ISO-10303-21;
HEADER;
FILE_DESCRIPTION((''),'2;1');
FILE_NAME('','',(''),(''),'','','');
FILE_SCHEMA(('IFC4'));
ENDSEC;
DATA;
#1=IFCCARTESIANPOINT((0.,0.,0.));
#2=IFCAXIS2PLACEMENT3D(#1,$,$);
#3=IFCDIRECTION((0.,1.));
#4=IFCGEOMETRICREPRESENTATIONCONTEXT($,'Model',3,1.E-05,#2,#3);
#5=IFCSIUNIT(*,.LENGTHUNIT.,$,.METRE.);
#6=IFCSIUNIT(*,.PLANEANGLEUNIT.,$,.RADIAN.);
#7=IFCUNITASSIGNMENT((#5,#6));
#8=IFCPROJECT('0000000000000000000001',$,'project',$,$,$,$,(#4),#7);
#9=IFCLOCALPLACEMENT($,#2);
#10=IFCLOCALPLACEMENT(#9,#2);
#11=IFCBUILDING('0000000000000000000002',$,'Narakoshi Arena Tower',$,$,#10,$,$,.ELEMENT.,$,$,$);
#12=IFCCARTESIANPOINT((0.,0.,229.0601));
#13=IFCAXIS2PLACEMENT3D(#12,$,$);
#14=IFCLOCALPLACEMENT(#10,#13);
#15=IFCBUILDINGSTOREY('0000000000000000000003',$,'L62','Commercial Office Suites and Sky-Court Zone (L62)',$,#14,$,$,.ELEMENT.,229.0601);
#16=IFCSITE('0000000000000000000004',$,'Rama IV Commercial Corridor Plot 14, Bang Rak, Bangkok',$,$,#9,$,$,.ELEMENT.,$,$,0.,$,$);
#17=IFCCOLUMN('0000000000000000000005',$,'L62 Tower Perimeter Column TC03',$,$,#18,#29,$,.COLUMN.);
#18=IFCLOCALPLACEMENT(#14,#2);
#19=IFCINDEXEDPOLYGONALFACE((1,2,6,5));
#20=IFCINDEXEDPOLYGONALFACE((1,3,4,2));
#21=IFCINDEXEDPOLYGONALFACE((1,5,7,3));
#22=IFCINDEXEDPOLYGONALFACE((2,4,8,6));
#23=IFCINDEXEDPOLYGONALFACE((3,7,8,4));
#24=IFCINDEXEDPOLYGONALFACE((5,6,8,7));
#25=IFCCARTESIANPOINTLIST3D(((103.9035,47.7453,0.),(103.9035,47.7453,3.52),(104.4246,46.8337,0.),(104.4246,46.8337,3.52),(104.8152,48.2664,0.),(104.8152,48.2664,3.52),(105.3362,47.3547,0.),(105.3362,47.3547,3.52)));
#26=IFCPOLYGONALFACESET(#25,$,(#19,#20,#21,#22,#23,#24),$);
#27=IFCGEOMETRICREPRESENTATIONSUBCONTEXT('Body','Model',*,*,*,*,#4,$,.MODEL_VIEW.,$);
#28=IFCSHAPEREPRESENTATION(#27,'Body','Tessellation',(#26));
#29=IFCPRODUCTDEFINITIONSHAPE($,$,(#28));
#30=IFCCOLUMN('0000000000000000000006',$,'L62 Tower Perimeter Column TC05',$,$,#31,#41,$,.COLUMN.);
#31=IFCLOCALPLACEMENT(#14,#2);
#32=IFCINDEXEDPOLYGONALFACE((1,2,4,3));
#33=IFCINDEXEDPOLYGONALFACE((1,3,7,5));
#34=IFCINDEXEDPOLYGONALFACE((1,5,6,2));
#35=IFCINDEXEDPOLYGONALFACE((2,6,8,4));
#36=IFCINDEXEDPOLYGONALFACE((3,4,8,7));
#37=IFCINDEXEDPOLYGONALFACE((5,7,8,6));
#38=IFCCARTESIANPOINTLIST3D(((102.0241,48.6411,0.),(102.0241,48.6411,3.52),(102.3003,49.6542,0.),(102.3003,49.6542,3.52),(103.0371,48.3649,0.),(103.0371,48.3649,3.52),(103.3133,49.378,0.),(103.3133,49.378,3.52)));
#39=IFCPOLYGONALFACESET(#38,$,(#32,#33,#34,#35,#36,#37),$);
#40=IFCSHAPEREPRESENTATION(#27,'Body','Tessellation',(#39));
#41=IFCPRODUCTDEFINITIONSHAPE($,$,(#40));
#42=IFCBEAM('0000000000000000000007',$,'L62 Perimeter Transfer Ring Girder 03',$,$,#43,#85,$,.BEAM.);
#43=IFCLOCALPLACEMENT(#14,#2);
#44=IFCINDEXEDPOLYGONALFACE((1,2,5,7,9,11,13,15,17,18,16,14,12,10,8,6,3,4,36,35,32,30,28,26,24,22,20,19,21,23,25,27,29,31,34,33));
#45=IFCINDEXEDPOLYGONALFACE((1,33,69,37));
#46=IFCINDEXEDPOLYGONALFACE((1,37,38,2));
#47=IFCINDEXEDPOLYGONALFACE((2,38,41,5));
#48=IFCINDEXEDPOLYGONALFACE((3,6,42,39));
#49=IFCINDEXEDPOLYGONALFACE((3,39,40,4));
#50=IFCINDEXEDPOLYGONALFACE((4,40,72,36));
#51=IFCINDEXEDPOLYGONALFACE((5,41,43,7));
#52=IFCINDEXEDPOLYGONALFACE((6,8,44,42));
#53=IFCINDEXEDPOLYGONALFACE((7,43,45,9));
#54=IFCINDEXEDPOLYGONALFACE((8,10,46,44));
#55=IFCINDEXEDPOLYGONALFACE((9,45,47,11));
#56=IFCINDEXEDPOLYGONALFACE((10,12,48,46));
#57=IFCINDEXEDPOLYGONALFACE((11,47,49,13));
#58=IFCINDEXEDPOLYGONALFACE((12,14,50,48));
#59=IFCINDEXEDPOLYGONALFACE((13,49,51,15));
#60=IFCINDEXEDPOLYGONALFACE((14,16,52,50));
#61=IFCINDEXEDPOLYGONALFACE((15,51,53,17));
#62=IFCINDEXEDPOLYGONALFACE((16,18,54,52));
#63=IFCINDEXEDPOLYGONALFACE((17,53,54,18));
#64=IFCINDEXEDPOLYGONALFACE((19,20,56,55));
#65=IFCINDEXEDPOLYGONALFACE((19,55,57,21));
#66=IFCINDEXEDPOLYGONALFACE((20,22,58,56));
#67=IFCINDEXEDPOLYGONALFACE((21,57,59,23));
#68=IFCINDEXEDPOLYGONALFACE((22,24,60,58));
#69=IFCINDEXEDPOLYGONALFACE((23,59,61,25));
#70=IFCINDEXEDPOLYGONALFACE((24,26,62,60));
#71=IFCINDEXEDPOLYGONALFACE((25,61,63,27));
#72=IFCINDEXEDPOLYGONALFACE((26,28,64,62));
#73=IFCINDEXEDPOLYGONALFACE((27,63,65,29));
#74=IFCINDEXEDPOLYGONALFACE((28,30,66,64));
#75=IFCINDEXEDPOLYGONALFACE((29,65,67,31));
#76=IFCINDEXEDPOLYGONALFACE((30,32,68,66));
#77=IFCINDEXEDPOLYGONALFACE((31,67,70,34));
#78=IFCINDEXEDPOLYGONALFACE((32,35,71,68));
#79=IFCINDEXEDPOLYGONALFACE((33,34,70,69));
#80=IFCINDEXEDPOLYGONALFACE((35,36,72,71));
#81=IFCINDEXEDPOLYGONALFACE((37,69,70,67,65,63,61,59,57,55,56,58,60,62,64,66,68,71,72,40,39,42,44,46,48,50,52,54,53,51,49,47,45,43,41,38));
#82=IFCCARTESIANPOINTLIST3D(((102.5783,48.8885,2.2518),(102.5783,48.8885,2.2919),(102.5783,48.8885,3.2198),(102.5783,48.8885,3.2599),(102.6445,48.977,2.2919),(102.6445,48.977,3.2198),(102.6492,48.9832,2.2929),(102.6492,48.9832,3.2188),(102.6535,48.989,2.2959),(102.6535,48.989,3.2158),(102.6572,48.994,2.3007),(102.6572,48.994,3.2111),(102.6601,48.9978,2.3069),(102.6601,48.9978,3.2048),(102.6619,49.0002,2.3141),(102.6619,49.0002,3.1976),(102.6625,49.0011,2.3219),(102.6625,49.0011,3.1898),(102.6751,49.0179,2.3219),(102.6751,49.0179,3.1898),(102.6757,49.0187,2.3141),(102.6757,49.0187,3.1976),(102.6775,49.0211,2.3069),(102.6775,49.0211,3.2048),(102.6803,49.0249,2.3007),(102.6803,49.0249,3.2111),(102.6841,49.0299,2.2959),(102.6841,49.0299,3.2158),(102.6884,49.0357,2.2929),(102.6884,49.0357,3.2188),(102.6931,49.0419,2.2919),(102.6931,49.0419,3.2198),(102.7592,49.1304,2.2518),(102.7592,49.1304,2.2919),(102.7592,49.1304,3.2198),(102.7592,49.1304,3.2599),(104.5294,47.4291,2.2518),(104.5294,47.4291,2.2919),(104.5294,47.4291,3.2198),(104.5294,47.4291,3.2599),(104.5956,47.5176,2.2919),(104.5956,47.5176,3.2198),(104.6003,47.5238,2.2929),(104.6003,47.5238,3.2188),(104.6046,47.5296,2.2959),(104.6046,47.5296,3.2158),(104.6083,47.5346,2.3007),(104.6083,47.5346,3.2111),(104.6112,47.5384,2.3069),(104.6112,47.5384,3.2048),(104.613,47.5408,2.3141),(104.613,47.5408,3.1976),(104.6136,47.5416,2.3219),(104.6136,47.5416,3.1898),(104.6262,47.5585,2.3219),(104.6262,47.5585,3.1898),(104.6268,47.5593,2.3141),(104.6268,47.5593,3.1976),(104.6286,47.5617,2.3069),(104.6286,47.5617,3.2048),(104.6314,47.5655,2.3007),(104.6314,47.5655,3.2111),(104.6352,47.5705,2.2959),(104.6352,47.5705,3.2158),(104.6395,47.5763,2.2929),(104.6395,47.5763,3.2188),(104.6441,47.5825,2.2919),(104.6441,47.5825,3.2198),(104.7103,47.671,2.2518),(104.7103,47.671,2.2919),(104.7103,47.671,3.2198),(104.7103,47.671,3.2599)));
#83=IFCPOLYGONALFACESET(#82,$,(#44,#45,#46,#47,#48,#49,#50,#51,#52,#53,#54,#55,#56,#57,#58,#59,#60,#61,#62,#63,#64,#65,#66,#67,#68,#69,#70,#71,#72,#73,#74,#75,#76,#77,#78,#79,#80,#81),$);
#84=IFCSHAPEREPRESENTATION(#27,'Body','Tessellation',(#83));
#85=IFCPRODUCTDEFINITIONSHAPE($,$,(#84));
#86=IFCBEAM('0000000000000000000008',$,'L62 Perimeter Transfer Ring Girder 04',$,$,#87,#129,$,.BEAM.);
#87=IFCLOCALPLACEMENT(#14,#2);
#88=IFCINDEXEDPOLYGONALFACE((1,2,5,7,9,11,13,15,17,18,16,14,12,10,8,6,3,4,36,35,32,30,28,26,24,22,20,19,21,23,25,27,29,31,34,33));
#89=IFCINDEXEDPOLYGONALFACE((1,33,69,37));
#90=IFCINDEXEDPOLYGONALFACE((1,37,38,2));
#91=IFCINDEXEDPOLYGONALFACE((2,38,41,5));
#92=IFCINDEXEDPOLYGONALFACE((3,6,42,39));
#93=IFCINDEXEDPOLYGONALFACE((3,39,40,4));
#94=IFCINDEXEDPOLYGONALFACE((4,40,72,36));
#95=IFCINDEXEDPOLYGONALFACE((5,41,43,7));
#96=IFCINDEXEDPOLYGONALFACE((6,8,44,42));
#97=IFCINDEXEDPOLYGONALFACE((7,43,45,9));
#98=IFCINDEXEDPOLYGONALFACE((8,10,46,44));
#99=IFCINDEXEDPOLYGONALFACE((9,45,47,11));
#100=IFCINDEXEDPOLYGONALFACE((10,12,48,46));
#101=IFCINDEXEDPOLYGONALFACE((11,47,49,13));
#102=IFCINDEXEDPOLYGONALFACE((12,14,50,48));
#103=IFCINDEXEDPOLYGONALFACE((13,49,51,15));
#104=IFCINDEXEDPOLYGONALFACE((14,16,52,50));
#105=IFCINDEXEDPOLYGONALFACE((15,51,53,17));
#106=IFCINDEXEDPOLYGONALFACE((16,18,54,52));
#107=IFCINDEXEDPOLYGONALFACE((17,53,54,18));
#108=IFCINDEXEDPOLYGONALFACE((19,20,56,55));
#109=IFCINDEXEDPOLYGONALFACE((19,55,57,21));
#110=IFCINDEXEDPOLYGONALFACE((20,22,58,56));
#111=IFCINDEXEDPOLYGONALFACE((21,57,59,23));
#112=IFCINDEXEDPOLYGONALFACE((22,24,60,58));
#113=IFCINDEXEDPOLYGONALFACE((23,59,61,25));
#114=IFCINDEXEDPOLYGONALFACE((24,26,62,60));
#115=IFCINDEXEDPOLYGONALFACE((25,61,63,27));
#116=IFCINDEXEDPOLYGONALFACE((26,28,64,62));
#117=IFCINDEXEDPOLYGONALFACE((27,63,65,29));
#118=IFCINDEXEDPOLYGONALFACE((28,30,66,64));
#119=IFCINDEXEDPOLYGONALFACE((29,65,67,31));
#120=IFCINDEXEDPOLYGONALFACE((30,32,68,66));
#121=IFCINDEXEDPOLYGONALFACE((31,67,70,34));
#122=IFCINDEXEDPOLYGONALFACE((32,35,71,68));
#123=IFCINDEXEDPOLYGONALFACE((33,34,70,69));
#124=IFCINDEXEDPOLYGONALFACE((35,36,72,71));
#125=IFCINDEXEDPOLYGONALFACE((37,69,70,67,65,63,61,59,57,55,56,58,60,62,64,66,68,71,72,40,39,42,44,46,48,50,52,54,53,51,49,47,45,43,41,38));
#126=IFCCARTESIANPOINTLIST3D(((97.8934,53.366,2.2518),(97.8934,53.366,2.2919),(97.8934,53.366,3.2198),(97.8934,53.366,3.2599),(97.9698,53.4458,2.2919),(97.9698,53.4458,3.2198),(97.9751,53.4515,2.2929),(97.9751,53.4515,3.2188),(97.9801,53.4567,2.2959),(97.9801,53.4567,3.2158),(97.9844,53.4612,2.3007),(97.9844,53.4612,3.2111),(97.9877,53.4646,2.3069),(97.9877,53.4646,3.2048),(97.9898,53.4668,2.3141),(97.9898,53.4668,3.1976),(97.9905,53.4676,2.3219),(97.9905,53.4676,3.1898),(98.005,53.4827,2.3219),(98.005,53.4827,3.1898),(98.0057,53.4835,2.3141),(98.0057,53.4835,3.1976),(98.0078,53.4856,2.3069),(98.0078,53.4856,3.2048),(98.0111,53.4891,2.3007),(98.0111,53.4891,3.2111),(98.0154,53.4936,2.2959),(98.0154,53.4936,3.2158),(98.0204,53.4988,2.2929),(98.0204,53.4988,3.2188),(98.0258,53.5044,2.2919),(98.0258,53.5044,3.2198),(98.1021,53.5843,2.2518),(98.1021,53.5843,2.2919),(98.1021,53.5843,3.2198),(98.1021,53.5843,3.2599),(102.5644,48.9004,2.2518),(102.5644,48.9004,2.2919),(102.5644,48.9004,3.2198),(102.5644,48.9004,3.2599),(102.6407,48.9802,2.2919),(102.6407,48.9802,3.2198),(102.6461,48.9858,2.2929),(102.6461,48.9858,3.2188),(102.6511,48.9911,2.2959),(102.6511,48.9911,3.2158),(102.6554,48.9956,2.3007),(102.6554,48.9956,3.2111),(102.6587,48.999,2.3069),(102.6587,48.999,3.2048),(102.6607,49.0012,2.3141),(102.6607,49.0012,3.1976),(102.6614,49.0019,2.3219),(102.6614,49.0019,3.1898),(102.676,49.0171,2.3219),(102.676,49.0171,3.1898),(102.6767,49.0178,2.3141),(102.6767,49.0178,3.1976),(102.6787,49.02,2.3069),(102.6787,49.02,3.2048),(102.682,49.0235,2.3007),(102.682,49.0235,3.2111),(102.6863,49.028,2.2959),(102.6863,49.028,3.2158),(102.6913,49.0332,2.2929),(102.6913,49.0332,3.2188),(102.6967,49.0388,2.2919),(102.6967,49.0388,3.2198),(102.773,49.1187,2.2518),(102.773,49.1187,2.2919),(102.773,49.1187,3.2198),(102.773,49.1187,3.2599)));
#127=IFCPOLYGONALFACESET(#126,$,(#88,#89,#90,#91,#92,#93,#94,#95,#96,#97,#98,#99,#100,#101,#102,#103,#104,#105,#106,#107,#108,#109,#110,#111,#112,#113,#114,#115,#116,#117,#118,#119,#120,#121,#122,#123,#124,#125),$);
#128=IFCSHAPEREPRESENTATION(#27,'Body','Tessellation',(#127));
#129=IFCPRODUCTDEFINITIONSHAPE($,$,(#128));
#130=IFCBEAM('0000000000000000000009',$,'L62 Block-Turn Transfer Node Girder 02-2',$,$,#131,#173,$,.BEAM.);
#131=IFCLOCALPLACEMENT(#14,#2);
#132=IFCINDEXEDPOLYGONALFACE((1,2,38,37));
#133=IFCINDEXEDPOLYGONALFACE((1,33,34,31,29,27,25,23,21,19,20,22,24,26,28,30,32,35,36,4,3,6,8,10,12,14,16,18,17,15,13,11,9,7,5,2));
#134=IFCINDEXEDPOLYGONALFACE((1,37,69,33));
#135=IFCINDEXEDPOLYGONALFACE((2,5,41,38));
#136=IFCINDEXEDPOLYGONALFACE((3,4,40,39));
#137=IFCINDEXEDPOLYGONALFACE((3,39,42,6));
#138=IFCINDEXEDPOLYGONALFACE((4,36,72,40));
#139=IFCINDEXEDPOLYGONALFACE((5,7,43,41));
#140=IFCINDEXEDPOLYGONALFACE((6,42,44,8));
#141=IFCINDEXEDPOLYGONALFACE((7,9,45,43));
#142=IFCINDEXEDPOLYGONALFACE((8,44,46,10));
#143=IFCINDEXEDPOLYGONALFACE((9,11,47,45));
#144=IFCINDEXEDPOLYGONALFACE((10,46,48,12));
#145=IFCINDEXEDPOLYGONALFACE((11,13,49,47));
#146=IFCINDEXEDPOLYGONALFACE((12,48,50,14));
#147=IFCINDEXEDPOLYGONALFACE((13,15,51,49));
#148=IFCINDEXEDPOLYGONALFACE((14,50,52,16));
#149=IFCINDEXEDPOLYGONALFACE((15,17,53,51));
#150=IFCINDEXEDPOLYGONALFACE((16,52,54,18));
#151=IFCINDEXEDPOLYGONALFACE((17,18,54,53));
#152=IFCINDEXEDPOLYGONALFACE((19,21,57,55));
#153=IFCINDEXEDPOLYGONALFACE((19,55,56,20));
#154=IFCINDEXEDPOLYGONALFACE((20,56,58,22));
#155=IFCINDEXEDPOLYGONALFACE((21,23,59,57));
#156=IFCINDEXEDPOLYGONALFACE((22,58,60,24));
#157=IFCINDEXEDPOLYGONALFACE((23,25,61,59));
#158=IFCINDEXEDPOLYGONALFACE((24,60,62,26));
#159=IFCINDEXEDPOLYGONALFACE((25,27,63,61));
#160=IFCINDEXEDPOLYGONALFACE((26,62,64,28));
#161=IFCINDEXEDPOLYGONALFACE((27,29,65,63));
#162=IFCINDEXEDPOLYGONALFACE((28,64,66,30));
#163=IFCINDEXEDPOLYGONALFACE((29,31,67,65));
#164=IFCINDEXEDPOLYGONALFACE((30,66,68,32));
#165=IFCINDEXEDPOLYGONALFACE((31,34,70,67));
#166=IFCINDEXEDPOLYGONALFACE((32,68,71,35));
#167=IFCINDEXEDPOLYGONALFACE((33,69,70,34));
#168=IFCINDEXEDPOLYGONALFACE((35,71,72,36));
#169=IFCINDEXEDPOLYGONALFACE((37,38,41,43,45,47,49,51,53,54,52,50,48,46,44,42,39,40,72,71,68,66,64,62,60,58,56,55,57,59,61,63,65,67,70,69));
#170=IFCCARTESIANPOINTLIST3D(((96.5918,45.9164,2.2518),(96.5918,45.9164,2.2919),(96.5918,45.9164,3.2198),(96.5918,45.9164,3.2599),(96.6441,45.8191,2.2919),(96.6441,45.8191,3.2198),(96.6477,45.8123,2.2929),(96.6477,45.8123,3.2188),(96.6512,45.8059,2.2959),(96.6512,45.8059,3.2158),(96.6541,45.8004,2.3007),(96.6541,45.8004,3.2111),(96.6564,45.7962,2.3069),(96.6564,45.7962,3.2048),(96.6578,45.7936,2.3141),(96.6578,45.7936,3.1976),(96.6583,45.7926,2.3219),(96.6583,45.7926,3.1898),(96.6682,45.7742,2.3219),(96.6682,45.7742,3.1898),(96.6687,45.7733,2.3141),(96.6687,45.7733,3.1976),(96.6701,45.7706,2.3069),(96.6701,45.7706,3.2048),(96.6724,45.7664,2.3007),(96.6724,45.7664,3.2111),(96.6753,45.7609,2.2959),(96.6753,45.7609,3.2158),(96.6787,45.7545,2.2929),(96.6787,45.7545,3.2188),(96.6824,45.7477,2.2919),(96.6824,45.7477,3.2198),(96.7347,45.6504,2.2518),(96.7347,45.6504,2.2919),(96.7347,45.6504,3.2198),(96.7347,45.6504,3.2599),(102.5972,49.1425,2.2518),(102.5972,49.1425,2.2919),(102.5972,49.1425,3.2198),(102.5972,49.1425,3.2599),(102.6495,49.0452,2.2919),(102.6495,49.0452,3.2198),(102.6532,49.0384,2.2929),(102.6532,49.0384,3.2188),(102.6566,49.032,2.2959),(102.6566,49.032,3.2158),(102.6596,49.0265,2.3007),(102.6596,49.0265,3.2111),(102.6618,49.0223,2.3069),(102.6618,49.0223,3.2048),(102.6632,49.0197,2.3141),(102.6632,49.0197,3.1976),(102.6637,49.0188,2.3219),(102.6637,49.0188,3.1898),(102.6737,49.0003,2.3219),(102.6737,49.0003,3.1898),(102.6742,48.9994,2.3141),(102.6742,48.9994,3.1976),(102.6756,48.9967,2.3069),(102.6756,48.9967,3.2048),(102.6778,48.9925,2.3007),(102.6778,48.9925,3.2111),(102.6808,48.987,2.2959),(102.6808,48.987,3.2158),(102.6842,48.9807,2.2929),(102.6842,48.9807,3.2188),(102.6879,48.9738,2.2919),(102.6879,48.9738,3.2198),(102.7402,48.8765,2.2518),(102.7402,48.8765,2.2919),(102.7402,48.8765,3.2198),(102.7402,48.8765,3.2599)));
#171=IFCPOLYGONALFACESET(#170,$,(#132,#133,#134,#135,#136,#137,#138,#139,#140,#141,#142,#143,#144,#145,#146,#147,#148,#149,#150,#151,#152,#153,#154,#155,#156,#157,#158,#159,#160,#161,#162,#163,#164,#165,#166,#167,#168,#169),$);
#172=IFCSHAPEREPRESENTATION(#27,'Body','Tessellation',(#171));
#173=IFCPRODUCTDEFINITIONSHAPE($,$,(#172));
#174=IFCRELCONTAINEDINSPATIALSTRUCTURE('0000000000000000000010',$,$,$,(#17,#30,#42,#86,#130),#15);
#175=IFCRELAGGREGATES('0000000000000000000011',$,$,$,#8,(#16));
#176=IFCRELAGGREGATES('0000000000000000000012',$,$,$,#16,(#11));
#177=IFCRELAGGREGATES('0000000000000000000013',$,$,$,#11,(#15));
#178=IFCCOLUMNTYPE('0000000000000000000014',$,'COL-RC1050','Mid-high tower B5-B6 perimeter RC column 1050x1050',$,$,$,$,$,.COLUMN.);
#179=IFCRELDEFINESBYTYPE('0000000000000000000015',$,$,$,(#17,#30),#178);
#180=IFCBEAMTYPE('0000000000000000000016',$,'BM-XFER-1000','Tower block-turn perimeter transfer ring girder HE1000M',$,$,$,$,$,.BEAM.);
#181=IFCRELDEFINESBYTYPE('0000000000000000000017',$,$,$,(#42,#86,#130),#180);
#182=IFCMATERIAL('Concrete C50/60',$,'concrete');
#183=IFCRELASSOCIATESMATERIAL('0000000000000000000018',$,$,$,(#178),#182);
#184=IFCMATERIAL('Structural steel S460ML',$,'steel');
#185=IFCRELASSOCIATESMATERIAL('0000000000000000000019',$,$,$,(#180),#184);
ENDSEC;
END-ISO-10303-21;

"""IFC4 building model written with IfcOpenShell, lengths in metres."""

from ifc_helpers import new_model, si_unit, direction, frame, origin, origin_2d, place, context, subcontext, project, spatial, rectangle, i_section, extrude, material, material_profile, profile_set, type_object, element, save


model = new_model("IFC4")

# Units and contexts
model_context = context("Model", 3, precision=1e-05, world=origin(), true_north=direction((0.0, 1.0)))
body_context = subcontext(model_context, "Body", "Model", "MODEL_VIEW")
ifc_project = project(units=[si_unit("LENGTHUNIT", "METRE"), si_unit("PLANEANGLEUNIT", "RADIAN")], contexts=[model_context])

# Site, building, storey
site_placement = place(None, origin())
site = spatial("IfcSite", under=ifc_project, at=site_placement, Name="Rama IV Commercial Corridor Plot 14, Bang Rak, Bangkok", CompositionType="ELEMENT", RefElevation=0.0)
building_placement = place(site_placement, origin())
building = spatial("IfcBuilding", under=site, at=building_placement, Name="Narakoshi Arena Tower", CompositionType="ELEMENT")
storey_placement = place(building_placement, frame((0.0, 0.0, 229.0601)))
storey = spatial("IfcBuildingStorey", under=building, at=storey_placement, Name="L62", Description="Commercial Office Suites and Sky-Court Zone (L62)", CompositionType="ELEMENT", Elevation=229.0601)

# Columns
ifc_material_1 = material(Name="Concrete C50/60", Category="concrete")
ifc_material_profile_1 = material_profile(ifc_material_1, rectangle(XDim=1.05, YDim=1.05, at=origin_2d()), Name="RC1050x1050")
ifc_profile_set_1 = profile_set([ifc_material_profile_1], Name="Concrete C50/60")
column_type = type_object("IfcColumnType", Name="COL-RC1050", Description="Mid-high tower B5-B6 perimeter RC column 1050x1050", PredefinedType="COLUMN", material=ifc_profile_set_1)
for number, where, z_axis, x_axis, name in (
    (1, (104.6199, 47.55, 0.0), (0.0, 0.0, 1.0), (0.868199, 0.496217, 0.0), "L62 Tower Perimeter Column TC03"),
    (2, (102.6687, 49.0095, 0.0), (0.0, 0.0, 1.0), (0.263031, 0.964787, 0.0), "L62 Tower Perimeter Column TC05"),
):
    element("IfcColumn", number, at=place(storey_placement, frame(where, z_axis=z_axis, x_axis=x_axis)), inside=storey, type_object=column_type, Name=name, PredefinedType="COLUMN", context=body_context, shape_type="SweptSolid", body=[
        extrude(rectangle(XDim=1.05, YDim=1.05, at=origin_2d()), origin(), (0.0, 0.0, 1.0), 3.52),
    ])

# Beams
ifc_material_2 = material(Name="Structural steel S460ML", Category="steel")
ifc_material_profile_2 = material_profile(ifc_material_2, i_section(OverallWidth=0.302, OverallDepth=1.0081, WebThickness=0.021, FlangeThickness=0.04, FilletRadius=0.03, at=origin_2d()), Name="HE1000M")
ifc_profile_set_2 = profile_set([ifc_material_profile_2], Name="Structural steel S460ML")
beam_type = type_object("IfcBeamType", Name="BM-XFER-1000", Description="Tower block-turn perimeter transfer ring girder HE1000M", PredefinedType="BEAM", material=ifc_profile_set_2)
beam_1_placement = place(storey_placement, frame((104.6199, 47.55, 2.7559), z_axis=(-0.800769, 0.598973, 0.0), x_axis=(-0.598973, -0.800769, 0.0)))
element("IfcBeam", 3, at=beam_1_placement, inside=storey, type_object=beam_type, Name="L62 Perimeter Transfer Ring Girder 03", PredefinedType="BEAM", context=body_context, shape_type="SweptSolid", body=[
    extrude(i_section(OverallWidth=0.302, OverallDepth=1.0081, WebThickness=0.021, FlangeThickness=0.04, FilletRadius=0.03, at=origin_2d()), origin(), (0.0, 0.0, 1.0), 2.4365),
])
beam_2_placement = place(storey_placement, frame((102.6687, 49.0095, 2.7559), z_axis=(-0.722815, 0.691042, 0.0), x_axis=(-0.691042, -0.722815, 0.0)))
element("IfcBeam", 4, at=beam_2_placement, inside=storey, type_object=beam_type, Name="L62 Perimeter Transfer Ring Girder 04", PredefinedType="BEAM", context=body_context, shape_type="SweptSolid", body=[
    extrude(i_section(OverallWidth=0.302, OverallDepth=1.0081, WebThickness=0.021, FlangeThickness=0.04, FilletRadius=0.03, at=origin_2d()), origin(), (0.0, 0.0, 1.0), 6.4622),
])
beam_3_placement = place(storey_placement, frame((102.6687, 49.0095, 2.7559), z_axis=(-0.880935, -0.473237, 0.0), x_axis=(0.473237, -0.880935, 0.0)))
element("IfcBeam", 5, at=beam_3_placement, inside=storey, type_object=beam_type, Name="L62 Block-Turn Transfer Node Girder 02-2", PredefinedType="BEAM", context=body_context, shape_type="SweptSolid", body=[
    extrude(i_section(OverallWidth=0.302, OverallDepth=1.0081, WebThickness=0.021, FlangeThickness=0.04, FilletRadius=0.03, at=origin_2d()), origin(), (0.0, 0.0, 1.0), 6.8171),
])

save(model, "model.ifc")
